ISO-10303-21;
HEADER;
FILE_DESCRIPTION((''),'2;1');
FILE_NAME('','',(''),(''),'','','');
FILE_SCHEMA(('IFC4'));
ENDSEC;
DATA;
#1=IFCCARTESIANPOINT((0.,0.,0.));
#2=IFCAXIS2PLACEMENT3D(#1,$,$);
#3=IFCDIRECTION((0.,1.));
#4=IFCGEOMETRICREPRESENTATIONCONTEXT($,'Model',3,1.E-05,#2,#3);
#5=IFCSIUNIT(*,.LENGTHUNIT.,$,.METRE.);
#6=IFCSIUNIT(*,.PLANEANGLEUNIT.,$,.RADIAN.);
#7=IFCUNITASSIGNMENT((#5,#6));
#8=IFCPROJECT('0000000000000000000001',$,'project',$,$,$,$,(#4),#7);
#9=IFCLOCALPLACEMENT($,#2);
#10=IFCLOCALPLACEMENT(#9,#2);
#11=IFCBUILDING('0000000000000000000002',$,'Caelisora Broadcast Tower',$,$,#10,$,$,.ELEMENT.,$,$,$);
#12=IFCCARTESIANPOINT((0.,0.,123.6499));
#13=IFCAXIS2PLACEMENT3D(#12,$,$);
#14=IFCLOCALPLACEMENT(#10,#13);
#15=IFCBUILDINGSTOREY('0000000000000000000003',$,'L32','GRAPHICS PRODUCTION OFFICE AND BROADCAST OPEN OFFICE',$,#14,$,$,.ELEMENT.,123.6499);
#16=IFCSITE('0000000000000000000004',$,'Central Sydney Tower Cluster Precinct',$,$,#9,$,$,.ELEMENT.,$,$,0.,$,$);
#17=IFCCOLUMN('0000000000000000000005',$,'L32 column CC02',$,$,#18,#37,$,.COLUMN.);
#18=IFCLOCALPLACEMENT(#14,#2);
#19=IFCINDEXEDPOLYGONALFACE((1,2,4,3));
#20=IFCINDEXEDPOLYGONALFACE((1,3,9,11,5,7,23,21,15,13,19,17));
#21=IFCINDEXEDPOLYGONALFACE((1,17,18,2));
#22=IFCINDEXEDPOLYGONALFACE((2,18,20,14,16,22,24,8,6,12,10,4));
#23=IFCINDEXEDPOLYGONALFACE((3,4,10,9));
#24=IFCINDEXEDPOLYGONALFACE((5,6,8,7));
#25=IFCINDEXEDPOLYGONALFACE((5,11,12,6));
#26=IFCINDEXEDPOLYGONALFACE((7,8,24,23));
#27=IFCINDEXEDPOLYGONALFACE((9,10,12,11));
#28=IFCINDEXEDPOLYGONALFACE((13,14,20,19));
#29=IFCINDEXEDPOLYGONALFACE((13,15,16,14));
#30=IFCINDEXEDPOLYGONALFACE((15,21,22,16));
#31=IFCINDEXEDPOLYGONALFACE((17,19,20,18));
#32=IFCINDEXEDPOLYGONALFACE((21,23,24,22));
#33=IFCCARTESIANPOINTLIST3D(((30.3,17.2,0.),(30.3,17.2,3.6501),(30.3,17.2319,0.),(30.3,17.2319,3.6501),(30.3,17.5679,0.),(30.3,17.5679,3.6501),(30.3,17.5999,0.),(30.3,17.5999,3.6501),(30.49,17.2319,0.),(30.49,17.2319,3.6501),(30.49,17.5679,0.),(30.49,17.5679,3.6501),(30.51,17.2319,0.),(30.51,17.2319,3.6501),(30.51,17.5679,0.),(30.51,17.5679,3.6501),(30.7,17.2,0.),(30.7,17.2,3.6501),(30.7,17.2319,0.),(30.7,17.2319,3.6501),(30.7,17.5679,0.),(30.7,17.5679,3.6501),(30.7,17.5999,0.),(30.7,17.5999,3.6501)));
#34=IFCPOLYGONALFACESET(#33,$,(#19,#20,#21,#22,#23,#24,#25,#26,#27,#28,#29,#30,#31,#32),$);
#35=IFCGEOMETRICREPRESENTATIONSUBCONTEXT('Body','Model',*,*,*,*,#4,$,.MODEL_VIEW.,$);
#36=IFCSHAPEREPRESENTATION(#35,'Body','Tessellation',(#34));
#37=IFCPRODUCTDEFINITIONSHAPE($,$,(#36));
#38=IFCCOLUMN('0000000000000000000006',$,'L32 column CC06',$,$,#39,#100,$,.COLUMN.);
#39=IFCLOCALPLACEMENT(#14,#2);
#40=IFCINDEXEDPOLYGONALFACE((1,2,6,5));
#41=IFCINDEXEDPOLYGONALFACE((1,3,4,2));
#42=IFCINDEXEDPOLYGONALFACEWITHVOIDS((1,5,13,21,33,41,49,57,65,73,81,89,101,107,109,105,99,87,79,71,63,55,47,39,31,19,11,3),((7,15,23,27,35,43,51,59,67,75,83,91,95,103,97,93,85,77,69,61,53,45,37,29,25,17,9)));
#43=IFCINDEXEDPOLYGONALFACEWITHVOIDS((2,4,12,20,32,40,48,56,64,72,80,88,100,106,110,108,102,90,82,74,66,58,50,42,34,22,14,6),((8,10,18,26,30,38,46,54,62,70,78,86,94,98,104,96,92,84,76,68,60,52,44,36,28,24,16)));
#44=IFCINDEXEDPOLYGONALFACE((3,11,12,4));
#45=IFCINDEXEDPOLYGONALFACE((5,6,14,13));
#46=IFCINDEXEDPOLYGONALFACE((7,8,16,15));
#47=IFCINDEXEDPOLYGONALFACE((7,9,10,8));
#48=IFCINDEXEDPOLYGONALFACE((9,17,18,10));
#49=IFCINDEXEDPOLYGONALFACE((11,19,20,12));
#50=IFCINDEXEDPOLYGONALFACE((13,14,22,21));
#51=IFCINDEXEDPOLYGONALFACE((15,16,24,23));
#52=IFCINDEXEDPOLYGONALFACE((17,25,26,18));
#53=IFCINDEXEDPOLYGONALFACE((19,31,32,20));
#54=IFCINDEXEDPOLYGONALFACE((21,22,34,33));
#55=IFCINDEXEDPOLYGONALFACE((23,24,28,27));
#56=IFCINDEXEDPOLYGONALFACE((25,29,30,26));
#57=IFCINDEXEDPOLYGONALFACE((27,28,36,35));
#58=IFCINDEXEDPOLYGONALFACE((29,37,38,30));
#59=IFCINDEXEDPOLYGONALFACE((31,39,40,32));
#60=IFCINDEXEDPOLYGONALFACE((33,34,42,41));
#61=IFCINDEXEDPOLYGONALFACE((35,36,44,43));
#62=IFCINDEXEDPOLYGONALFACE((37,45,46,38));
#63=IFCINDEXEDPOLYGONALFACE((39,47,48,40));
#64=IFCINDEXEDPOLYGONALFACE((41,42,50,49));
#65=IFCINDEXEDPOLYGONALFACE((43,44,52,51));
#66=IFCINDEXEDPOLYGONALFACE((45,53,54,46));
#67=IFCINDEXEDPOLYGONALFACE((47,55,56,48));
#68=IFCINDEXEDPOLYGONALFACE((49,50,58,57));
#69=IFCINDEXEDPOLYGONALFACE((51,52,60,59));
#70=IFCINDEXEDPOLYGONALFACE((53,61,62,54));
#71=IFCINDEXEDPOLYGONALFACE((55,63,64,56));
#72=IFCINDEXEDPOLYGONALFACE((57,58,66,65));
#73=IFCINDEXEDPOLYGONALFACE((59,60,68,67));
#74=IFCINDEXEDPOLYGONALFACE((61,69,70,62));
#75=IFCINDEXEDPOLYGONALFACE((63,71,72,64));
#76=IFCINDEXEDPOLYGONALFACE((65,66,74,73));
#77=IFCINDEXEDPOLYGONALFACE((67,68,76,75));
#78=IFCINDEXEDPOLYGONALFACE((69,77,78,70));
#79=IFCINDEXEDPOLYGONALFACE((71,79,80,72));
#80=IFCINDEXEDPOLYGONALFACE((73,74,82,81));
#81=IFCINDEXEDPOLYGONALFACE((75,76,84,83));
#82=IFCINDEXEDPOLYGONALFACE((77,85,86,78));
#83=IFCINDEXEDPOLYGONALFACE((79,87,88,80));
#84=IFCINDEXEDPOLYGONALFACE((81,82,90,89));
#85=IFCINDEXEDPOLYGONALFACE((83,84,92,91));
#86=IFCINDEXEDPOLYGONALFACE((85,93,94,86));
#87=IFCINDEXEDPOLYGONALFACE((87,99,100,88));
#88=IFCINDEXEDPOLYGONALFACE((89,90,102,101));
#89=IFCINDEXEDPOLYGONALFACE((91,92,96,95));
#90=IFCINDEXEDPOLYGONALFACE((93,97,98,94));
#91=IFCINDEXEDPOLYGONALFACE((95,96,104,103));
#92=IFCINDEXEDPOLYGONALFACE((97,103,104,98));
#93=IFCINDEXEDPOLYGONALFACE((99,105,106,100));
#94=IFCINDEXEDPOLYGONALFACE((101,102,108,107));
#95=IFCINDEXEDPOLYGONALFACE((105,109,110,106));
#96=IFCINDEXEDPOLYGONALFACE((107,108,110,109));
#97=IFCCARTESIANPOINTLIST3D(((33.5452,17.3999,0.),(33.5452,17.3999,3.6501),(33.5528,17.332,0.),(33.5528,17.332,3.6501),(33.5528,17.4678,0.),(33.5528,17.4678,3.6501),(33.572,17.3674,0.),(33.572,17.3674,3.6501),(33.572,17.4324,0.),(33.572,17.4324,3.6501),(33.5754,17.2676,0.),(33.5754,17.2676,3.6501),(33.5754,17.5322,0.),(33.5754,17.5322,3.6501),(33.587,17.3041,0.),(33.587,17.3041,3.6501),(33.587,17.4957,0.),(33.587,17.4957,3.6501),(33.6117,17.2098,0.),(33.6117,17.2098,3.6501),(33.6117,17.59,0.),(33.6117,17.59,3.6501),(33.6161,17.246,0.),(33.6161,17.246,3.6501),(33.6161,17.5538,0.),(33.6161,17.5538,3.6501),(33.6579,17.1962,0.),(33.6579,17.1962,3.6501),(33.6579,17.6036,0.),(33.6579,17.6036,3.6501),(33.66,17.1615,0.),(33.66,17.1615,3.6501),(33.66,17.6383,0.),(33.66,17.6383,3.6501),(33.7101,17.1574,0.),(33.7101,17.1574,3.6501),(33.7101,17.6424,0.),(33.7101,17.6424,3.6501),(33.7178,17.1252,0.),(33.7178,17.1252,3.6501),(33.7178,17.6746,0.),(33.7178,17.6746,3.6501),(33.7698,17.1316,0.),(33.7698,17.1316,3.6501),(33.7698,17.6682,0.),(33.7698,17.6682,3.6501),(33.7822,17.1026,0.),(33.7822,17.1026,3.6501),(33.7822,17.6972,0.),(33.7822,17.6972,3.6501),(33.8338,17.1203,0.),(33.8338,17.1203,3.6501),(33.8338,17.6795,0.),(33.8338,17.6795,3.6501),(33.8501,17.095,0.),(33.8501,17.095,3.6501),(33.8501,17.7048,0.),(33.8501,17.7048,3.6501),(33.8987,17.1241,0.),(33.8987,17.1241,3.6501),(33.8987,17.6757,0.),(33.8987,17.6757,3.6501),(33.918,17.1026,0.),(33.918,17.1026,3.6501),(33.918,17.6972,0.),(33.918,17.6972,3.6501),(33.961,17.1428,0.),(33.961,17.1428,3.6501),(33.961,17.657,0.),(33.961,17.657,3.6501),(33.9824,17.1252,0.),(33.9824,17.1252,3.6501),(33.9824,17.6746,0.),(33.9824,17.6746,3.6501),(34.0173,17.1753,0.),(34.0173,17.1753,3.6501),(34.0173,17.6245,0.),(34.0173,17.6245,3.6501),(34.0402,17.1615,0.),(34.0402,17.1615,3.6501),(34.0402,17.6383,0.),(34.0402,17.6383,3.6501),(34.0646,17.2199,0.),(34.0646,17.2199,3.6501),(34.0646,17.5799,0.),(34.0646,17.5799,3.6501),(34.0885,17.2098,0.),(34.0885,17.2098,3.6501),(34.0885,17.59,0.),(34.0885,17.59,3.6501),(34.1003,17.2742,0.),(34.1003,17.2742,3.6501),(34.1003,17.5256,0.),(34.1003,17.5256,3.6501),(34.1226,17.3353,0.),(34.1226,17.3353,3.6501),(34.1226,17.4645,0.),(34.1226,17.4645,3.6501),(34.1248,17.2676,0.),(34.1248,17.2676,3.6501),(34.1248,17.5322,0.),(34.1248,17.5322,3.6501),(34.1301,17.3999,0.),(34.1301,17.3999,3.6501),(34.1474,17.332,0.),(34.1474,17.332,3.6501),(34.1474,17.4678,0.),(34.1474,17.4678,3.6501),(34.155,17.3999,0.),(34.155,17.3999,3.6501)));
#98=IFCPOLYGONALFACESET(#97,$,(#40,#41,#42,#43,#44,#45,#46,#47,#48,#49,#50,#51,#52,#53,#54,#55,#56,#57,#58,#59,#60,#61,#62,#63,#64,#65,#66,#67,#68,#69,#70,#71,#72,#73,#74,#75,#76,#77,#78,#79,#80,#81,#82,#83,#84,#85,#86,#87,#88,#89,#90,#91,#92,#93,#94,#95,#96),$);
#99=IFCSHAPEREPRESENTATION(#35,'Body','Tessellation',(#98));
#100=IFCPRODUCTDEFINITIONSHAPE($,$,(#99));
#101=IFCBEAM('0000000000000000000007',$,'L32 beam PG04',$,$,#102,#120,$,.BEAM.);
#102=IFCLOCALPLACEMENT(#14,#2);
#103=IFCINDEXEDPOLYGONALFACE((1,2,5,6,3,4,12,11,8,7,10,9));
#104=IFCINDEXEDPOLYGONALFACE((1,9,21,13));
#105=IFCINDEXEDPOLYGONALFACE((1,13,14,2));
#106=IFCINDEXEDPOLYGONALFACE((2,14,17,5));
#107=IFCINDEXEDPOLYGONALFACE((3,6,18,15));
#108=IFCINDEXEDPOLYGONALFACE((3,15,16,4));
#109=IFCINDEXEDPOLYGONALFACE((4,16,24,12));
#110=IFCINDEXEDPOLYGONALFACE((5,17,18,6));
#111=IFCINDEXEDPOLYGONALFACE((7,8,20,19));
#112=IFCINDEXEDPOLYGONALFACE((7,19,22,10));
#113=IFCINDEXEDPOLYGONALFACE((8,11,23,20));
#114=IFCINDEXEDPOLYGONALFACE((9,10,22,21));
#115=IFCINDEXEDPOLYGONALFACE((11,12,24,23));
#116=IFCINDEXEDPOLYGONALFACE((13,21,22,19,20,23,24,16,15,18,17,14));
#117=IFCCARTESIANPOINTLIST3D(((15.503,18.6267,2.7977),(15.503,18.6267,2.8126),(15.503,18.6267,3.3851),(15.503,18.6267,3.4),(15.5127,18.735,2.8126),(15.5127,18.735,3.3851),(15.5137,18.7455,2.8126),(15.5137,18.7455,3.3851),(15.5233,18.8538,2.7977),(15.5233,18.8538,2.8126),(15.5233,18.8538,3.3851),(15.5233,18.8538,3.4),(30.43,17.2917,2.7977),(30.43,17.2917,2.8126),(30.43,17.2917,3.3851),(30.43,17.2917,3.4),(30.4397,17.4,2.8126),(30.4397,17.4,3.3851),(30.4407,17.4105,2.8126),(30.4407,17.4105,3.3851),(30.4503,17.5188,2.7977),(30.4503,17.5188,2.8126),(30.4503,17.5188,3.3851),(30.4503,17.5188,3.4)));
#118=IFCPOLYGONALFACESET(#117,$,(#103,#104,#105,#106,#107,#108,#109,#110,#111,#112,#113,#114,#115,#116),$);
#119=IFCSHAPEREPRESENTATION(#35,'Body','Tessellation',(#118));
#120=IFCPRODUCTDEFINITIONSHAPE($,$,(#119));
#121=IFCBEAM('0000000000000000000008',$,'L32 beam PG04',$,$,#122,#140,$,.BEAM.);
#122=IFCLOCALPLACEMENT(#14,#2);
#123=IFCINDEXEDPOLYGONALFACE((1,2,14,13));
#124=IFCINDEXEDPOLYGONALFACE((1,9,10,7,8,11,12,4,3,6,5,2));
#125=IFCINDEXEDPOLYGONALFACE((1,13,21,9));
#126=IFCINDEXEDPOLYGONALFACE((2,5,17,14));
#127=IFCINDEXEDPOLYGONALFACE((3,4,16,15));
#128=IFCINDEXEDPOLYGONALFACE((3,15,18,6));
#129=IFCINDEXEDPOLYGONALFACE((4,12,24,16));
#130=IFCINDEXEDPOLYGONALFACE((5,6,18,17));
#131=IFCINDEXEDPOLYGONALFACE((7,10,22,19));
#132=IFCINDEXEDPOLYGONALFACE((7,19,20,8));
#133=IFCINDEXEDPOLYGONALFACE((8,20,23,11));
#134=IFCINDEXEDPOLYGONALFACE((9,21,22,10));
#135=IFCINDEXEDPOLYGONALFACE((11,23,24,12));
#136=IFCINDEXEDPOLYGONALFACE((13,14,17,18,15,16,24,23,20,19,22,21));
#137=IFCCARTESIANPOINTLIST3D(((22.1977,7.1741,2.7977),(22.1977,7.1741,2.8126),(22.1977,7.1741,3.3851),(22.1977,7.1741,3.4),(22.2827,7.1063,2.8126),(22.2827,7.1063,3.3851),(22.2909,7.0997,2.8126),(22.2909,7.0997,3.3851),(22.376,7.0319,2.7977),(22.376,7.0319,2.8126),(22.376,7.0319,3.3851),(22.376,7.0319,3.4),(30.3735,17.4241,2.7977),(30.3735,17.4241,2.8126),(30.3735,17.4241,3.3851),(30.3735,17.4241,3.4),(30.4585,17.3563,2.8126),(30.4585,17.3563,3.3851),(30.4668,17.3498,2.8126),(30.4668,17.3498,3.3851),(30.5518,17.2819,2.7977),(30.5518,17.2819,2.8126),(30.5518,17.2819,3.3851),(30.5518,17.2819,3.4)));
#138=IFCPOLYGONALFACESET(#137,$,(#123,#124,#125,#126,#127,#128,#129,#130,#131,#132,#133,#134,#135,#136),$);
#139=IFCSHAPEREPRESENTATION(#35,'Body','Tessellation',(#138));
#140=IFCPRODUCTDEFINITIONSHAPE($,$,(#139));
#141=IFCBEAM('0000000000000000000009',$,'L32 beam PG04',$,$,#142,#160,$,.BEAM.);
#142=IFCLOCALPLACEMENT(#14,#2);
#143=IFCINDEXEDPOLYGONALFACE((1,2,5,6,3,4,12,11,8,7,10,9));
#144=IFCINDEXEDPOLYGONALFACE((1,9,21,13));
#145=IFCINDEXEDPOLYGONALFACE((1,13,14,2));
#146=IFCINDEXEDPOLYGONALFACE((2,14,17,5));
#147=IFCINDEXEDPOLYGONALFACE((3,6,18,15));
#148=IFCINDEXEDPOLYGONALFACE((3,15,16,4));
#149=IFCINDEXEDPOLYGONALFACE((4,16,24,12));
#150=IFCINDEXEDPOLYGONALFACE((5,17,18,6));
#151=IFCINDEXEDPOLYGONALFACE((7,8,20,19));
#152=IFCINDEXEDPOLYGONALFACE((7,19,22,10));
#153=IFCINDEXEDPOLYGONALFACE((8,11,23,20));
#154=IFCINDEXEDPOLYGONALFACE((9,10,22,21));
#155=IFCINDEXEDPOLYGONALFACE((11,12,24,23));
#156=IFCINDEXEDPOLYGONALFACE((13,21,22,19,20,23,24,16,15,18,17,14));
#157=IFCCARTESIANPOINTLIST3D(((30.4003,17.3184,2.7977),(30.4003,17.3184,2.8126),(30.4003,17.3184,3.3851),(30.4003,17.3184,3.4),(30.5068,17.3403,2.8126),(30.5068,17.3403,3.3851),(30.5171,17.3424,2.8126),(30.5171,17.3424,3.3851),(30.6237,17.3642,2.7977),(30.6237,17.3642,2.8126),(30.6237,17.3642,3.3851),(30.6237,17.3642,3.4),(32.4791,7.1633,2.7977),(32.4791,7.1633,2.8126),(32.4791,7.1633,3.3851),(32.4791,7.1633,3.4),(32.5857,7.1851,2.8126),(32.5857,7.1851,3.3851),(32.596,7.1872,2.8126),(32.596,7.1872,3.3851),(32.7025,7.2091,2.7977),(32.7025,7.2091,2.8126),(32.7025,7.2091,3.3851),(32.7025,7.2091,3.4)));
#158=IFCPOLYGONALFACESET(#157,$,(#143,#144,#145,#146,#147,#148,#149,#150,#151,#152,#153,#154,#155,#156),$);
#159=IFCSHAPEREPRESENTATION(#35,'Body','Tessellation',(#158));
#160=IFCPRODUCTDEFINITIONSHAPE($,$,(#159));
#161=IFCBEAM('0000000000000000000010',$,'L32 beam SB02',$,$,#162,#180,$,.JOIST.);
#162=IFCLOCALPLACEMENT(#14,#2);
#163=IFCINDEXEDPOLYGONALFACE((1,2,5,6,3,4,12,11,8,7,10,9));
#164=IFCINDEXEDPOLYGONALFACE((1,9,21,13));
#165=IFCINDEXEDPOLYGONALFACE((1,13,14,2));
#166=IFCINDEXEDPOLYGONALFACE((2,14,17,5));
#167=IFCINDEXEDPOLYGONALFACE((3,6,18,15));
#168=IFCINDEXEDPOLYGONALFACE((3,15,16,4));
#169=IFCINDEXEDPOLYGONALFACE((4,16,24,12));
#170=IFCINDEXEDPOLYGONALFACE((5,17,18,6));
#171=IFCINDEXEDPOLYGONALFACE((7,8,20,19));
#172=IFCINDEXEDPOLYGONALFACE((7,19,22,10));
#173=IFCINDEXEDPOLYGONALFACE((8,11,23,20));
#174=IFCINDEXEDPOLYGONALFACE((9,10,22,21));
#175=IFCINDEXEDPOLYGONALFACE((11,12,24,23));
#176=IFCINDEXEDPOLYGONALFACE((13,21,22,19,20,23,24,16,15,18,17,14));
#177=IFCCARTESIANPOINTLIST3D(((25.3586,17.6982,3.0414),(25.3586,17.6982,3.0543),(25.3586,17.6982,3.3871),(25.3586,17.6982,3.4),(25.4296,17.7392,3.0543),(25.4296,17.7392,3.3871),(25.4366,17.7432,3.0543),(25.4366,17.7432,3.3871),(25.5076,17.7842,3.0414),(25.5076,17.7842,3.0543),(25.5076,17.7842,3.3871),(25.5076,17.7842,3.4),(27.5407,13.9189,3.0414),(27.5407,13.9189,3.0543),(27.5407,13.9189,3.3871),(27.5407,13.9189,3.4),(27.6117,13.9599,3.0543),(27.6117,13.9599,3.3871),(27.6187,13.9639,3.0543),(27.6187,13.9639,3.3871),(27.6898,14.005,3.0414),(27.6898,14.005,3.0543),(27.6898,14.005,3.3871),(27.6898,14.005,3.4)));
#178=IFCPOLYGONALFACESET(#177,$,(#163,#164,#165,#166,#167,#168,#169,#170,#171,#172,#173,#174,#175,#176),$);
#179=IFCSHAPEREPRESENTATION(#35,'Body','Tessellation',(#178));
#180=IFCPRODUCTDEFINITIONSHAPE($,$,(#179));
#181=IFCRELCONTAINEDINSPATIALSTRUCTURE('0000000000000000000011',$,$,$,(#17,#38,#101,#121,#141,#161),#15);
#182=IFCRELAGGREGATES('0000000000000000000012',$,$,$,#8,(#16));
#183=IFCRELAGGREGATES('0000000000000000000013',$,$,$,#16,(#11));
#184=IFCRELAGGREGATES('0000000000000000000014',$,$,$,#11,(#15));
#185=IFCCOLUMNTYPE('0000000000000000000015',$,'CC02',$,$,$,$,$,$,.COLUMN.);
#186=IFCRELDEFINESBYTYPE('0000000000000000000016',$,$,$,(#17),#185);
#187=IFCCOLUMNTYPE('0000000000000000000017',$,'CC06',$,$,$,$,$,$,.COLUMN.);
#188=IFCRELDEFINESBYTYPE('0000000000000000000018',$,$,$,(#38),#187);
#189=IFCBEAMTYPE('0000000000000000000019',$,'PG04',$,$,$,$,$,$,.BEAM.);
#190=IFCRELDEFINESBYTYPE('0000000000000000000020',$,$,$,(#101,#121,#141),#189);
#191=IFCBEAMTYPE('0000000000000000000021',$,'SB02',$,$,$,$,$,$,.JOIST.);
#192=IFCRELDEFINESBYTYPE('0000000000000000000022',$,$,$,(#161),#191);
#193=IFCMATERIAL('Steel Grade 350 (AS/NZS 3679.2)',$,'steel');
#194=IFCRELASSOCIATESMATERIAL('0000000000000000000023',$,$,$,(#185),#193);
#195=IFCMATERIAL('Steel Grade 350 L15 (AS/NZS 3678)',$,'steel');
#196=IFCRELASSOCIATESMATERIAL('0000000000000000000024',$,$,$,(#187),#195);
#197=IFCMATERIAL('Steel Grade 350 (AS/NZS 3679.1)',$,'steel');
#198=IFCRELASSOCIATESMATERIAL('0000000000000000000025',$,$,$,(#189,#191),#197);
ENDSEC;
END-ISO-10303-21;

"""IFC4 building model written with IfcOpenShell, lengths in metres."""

from ifc_helpers import new_model, si_unit, direction, frame, origin, origin_2d, place, context, subcontext, project, spatial, hollow_circle, i_section, extrude, source, transform, mapped, material, material_profile, profile_set, type_object, type_shapes, element, save


model = new_model("IFC4")

# Units and contexts
model_context = context("Model", 3, precision=1e-05, world=origin(), true_north=direction((0.0, 1.0)))
body_context = subcontext(model_context, "Body", "Model", "MODEL_VIEW")
ifc_project = project(units=[si_unit("LENGTHUNIT", "METRE"), si_unit("PLANEANGLEUNIT", "RADIAN")], contexts=[model_context])

# Site, building, storey
site_placement = place(None, origin())
site = spatial("IfcSite", under=ifc_project, at=site_placement, Name="Central Sydney Tower Cluster Precinct", CompositionType="ELEMENT", RefElevation=0.0)
building_placement = place(site_placement, origin())
building = spatial("IfcBuilding", under=site, at=building_placement, Name="Caelisora Broadcast Tower", CompositionType="ELEMENT")
storey_placement = place(building_placement, frame((0.0, 0.0, 123.6499)))
storey = spatial("IfcBuildingStorey", under=building, at=storey_placement, Name="L32", Description="GRAPHICS PRODUCTION OFFICE AND BROADCAST OPEN OFFICE", CompositionType="ELEMENT", Elevation=123.6499)

# Columns
ifc_material_1 = material(Name="Steel Grade 350 (AS/NZS 3679.2)", Category="steel")
ifc_material_profile_1 = material_profile(ifc_material_1, i_section(OverallWidth=0.3999, OverallDepth=0.3999, WebThickness=0.02, FlangeThickness=0.032, at=origin_2d()), Name="Steel Grade 350 (AS/NZS 3679.2)")
ifc_profile_set_1 = profile_set([ifc_material_profile_1], Name="Steel Grade 350 (AS/NZS 3679.2)")
column_type_1 = type_object("IfcColumnType", Name="CC02", PredefinedType="COLUMN", material=ifc_profile_set_1)
shared_shape_1 = source(origin(), body_context, "Body", "SweptSolid", [
    extrude(i_section(OverallWidth=0.3999, OverallDepth=0.3999, WebThickness=0.02, FlangeThickness=0.032, at=origin_2d()), origin(), (0.0, 0.0, 1.0), 3.6501),
])
type_shapes(column_type_1, [shared_shape_1])
column_1_placement = place(storey_placement, frame((30.5, 17.3999, 0.0), z_axis=(0.0, 0.0, 1.0), x_axis=(1.0, 0.0, 0.0)))
element("IfcColumn", 1, at=column_1_placement, inside=storey, type_object=column_type_1, Name="L32 column CC02", PredefinedType="COLUMN", context=body_context, shape_type="MappedRepresentation", body=[
    mapped(shared_shape_1, transform((0.0, 0.0, 0.0), scale=1.0)),
])
ifc_material_2 = material(Name="Steel Grade 350 L15 (AS/NZS 3678)", Category="steel")
ifc_material_profile_2 = material_profile(ifc_material_2, hollow_circle(Radius=0.3049, WallThickness=0.0249, at=origin_2d()), Name="Steel Grade 350 L15 (AS/NZS 3678)")
ifc_profile_set_2 = profile_set([ifc_material_profile_2], Name="Steel Grade 350 L15 (AS/NZS 3678)")
column_type_2 = type_object("IfcColumnType", Name="CC06", PredefinedType="COLUMN", material=ifc_profile_set_2)
shared_shape_2 = source(origin(), body_context, "Body", "SweptSolid", [
    extrude(hollow_circle(Radius=0.3049, WallThickness=0.0249, at=origin_2d()), origin(), (0.0, 0.0, 1.0), 3.6501),
])
type_shapes(column_type_2, [shared_shape_2])
column_2_placement = place(storey_placement, frame((33.8501, 17.3999, 0.0), z_axis=(0.0, 0.0, 1.0), x_axis=(1.0, 0.0, 0.0)))
element("IfcColumn", 2, at=column_2_placement, inside=storey, type_object=column_type_2, Name="L32 column CC06", PredefinedType="COLUMN", context=body_context, shape_type="MappedRepresentation", body=[
    mapped(shared_shape_2, transform((0.0, 0.0, 0.0), scale=1.0)),
])

# Beams
ifc_material_3 = material(Name="Steel Grade 350 (AS/NZS 3679.1)", Category="steel")
ifc_material_profile_3 = material_profile(ifc_material_3, i_section(OverallWidth=0.228, OverallDepth=0.6023, WebThickness=0.0105, FlangeThickness=0.0149, at=origin_2d()), Name="Steel Grade 350 (AS/NZS 3679.1)")
ifc_profile_set_3 = profile_set([ifc_material_profile_3], Name="Steel Grade 350 (AS/NZS 3679.1)")
beam_type_1 = type_object("IfcBeamType", Name="PG04", PredefinedType="BEAM", material=ifc_profile_set_3)
shared_shape_3 = source(origin(), body_context, "Body", "SweptSolid", [
    extrude(i_section(OverallWidth=0.228, OverallDepth=0.6023, WebThickness=0.0105, FlangeThickness=0.0149, at=origin_2d()), origin(), (0.0, 0.0, 1.0), 14.9866),
])
beam_1_placement = place(storey_placement, frame((30.4402, 17.4053, 3.0989), z_axis=(-0.996025, 0.089077, 0.0), x_axis=(-0.089077, -0.996025, 0.0)))
element("IfcBeam", 3, at=beam_1_placement, inside=storey, type_object=beam_type_1, Name="L32 beam PG04", PredefinedType="BEAM", context=body_context, shape_type="MappedRepresentation", body=[
    mapped(shared_shape_3, transform((0.0, 0.0, 0.0), scale=1.0)),
])
shared_shape_4 = source(origin(), body_context, "Body", "SweptSolid", [
    extrude(i_section(OverallWidth=0.228, OverallDepth=0.6023, WebThickness=0.0105, FlangeThickness=0.0149, at=origin_2d()), origin(), (0.0, 0.0, 1.0), 13.1113),
])
beam_2_placement = place(storey_placement, frame((30.4626, 17.353, 3.0989), z_axis=(-0.623568, -0.781769, 0.0), x_axis=(0.781769, -0.623568, 0.0)))
element("IfcBeam", 4, at=beam_2_placement, inside=storey, type_object=beam_type_1, Name="L32 beam PG04", PredefinedType="BEAM", context=body_context, shape_type="MappedRepresentation", body=[
    mapped(shared_shape_4, transform((0.0, 0.0, 0.0), scale=1.0)),
])
shared_shape_5 = source(origin(), body_context, "Body", "SweptSolid", [
    extrude(i_section(OverallWidth=0.228, OverallDepth=0.6023, WebThickness=0.0105, FlangeThickness=0.0149, at=origin_2d()), origin(), (0.0, 0.0, 1.0), 10.3657),
])
type_shapes(beam_type_1, [shared_shape_3, shared_shape_4, shared_shape_5])
beam_3_placement = place(storey_placement, frame((30.512, 17.3413, 3.0989), z_axis=(0.200553, -0.979683, 0.0), x_axis=(0.979683, 0.200553, 0.0)))
element("IfcBeam", 5, at=beam_3_placement, inside=storey, type_object=beam_type_1, Name="L32 beam PG04", PredefinedType="BEAM", context=body_context, shape_type="MappedRepresentation", body=[
    mapped(shared_shape_5, transform((0.0, 0.0, 0.0), scale=1.0)),
])
ifc_material_profile_4 = material_profile(ifc_material_3, i_section(OverallWidth=0.1721, OverallDepth=0.3586, WebThickness=0.0081, FlangeThickness=0.0129, at=origin_2d()), Name="Steel Grade 350 (AS/NZS 3679.1)")
ifc_profile_set_4 = profile_set([ifc_material_profile_4], Name="Steel Grade 350 (AS/NZS 3679.1)")
beam_type_2 = type_object("IfcBeamType", Name="SB02", PredefinedType="JOIST", material=ifc_profile_set_4)
shared_shape_6 = source(origin(), body_context, "Body", "SweptSolid", [
    extrude(i_section(OverallWidth=0.1721, OverallDepth=0.3586, WebThickness=0.0081, FlangeThickness=0.0129, at=origin_2d()), origin(), (0.0, 0.0, 1.0), 4.364),
])
beam_4_placement = place(storey_placement, frame((25.4331, 17.7412, 3.2207), z_axis=(0.500026, -0.86601, 0.0), x_axis=(0.86601, 0.500026, 0.0)))
element("IfcBeam", 6, at=beam_4_placement, inside=storey, type_object=beam_type_2, Name="L32 beam SB02", PredefinedType="JOIST", context=body_context, shape_type="MappedRepresentation", body=[
    mapped(shared_shape_6, transform((0.0, 0.0, 0.0), scale=1.0)),
])

save(model, "model.ifc")
